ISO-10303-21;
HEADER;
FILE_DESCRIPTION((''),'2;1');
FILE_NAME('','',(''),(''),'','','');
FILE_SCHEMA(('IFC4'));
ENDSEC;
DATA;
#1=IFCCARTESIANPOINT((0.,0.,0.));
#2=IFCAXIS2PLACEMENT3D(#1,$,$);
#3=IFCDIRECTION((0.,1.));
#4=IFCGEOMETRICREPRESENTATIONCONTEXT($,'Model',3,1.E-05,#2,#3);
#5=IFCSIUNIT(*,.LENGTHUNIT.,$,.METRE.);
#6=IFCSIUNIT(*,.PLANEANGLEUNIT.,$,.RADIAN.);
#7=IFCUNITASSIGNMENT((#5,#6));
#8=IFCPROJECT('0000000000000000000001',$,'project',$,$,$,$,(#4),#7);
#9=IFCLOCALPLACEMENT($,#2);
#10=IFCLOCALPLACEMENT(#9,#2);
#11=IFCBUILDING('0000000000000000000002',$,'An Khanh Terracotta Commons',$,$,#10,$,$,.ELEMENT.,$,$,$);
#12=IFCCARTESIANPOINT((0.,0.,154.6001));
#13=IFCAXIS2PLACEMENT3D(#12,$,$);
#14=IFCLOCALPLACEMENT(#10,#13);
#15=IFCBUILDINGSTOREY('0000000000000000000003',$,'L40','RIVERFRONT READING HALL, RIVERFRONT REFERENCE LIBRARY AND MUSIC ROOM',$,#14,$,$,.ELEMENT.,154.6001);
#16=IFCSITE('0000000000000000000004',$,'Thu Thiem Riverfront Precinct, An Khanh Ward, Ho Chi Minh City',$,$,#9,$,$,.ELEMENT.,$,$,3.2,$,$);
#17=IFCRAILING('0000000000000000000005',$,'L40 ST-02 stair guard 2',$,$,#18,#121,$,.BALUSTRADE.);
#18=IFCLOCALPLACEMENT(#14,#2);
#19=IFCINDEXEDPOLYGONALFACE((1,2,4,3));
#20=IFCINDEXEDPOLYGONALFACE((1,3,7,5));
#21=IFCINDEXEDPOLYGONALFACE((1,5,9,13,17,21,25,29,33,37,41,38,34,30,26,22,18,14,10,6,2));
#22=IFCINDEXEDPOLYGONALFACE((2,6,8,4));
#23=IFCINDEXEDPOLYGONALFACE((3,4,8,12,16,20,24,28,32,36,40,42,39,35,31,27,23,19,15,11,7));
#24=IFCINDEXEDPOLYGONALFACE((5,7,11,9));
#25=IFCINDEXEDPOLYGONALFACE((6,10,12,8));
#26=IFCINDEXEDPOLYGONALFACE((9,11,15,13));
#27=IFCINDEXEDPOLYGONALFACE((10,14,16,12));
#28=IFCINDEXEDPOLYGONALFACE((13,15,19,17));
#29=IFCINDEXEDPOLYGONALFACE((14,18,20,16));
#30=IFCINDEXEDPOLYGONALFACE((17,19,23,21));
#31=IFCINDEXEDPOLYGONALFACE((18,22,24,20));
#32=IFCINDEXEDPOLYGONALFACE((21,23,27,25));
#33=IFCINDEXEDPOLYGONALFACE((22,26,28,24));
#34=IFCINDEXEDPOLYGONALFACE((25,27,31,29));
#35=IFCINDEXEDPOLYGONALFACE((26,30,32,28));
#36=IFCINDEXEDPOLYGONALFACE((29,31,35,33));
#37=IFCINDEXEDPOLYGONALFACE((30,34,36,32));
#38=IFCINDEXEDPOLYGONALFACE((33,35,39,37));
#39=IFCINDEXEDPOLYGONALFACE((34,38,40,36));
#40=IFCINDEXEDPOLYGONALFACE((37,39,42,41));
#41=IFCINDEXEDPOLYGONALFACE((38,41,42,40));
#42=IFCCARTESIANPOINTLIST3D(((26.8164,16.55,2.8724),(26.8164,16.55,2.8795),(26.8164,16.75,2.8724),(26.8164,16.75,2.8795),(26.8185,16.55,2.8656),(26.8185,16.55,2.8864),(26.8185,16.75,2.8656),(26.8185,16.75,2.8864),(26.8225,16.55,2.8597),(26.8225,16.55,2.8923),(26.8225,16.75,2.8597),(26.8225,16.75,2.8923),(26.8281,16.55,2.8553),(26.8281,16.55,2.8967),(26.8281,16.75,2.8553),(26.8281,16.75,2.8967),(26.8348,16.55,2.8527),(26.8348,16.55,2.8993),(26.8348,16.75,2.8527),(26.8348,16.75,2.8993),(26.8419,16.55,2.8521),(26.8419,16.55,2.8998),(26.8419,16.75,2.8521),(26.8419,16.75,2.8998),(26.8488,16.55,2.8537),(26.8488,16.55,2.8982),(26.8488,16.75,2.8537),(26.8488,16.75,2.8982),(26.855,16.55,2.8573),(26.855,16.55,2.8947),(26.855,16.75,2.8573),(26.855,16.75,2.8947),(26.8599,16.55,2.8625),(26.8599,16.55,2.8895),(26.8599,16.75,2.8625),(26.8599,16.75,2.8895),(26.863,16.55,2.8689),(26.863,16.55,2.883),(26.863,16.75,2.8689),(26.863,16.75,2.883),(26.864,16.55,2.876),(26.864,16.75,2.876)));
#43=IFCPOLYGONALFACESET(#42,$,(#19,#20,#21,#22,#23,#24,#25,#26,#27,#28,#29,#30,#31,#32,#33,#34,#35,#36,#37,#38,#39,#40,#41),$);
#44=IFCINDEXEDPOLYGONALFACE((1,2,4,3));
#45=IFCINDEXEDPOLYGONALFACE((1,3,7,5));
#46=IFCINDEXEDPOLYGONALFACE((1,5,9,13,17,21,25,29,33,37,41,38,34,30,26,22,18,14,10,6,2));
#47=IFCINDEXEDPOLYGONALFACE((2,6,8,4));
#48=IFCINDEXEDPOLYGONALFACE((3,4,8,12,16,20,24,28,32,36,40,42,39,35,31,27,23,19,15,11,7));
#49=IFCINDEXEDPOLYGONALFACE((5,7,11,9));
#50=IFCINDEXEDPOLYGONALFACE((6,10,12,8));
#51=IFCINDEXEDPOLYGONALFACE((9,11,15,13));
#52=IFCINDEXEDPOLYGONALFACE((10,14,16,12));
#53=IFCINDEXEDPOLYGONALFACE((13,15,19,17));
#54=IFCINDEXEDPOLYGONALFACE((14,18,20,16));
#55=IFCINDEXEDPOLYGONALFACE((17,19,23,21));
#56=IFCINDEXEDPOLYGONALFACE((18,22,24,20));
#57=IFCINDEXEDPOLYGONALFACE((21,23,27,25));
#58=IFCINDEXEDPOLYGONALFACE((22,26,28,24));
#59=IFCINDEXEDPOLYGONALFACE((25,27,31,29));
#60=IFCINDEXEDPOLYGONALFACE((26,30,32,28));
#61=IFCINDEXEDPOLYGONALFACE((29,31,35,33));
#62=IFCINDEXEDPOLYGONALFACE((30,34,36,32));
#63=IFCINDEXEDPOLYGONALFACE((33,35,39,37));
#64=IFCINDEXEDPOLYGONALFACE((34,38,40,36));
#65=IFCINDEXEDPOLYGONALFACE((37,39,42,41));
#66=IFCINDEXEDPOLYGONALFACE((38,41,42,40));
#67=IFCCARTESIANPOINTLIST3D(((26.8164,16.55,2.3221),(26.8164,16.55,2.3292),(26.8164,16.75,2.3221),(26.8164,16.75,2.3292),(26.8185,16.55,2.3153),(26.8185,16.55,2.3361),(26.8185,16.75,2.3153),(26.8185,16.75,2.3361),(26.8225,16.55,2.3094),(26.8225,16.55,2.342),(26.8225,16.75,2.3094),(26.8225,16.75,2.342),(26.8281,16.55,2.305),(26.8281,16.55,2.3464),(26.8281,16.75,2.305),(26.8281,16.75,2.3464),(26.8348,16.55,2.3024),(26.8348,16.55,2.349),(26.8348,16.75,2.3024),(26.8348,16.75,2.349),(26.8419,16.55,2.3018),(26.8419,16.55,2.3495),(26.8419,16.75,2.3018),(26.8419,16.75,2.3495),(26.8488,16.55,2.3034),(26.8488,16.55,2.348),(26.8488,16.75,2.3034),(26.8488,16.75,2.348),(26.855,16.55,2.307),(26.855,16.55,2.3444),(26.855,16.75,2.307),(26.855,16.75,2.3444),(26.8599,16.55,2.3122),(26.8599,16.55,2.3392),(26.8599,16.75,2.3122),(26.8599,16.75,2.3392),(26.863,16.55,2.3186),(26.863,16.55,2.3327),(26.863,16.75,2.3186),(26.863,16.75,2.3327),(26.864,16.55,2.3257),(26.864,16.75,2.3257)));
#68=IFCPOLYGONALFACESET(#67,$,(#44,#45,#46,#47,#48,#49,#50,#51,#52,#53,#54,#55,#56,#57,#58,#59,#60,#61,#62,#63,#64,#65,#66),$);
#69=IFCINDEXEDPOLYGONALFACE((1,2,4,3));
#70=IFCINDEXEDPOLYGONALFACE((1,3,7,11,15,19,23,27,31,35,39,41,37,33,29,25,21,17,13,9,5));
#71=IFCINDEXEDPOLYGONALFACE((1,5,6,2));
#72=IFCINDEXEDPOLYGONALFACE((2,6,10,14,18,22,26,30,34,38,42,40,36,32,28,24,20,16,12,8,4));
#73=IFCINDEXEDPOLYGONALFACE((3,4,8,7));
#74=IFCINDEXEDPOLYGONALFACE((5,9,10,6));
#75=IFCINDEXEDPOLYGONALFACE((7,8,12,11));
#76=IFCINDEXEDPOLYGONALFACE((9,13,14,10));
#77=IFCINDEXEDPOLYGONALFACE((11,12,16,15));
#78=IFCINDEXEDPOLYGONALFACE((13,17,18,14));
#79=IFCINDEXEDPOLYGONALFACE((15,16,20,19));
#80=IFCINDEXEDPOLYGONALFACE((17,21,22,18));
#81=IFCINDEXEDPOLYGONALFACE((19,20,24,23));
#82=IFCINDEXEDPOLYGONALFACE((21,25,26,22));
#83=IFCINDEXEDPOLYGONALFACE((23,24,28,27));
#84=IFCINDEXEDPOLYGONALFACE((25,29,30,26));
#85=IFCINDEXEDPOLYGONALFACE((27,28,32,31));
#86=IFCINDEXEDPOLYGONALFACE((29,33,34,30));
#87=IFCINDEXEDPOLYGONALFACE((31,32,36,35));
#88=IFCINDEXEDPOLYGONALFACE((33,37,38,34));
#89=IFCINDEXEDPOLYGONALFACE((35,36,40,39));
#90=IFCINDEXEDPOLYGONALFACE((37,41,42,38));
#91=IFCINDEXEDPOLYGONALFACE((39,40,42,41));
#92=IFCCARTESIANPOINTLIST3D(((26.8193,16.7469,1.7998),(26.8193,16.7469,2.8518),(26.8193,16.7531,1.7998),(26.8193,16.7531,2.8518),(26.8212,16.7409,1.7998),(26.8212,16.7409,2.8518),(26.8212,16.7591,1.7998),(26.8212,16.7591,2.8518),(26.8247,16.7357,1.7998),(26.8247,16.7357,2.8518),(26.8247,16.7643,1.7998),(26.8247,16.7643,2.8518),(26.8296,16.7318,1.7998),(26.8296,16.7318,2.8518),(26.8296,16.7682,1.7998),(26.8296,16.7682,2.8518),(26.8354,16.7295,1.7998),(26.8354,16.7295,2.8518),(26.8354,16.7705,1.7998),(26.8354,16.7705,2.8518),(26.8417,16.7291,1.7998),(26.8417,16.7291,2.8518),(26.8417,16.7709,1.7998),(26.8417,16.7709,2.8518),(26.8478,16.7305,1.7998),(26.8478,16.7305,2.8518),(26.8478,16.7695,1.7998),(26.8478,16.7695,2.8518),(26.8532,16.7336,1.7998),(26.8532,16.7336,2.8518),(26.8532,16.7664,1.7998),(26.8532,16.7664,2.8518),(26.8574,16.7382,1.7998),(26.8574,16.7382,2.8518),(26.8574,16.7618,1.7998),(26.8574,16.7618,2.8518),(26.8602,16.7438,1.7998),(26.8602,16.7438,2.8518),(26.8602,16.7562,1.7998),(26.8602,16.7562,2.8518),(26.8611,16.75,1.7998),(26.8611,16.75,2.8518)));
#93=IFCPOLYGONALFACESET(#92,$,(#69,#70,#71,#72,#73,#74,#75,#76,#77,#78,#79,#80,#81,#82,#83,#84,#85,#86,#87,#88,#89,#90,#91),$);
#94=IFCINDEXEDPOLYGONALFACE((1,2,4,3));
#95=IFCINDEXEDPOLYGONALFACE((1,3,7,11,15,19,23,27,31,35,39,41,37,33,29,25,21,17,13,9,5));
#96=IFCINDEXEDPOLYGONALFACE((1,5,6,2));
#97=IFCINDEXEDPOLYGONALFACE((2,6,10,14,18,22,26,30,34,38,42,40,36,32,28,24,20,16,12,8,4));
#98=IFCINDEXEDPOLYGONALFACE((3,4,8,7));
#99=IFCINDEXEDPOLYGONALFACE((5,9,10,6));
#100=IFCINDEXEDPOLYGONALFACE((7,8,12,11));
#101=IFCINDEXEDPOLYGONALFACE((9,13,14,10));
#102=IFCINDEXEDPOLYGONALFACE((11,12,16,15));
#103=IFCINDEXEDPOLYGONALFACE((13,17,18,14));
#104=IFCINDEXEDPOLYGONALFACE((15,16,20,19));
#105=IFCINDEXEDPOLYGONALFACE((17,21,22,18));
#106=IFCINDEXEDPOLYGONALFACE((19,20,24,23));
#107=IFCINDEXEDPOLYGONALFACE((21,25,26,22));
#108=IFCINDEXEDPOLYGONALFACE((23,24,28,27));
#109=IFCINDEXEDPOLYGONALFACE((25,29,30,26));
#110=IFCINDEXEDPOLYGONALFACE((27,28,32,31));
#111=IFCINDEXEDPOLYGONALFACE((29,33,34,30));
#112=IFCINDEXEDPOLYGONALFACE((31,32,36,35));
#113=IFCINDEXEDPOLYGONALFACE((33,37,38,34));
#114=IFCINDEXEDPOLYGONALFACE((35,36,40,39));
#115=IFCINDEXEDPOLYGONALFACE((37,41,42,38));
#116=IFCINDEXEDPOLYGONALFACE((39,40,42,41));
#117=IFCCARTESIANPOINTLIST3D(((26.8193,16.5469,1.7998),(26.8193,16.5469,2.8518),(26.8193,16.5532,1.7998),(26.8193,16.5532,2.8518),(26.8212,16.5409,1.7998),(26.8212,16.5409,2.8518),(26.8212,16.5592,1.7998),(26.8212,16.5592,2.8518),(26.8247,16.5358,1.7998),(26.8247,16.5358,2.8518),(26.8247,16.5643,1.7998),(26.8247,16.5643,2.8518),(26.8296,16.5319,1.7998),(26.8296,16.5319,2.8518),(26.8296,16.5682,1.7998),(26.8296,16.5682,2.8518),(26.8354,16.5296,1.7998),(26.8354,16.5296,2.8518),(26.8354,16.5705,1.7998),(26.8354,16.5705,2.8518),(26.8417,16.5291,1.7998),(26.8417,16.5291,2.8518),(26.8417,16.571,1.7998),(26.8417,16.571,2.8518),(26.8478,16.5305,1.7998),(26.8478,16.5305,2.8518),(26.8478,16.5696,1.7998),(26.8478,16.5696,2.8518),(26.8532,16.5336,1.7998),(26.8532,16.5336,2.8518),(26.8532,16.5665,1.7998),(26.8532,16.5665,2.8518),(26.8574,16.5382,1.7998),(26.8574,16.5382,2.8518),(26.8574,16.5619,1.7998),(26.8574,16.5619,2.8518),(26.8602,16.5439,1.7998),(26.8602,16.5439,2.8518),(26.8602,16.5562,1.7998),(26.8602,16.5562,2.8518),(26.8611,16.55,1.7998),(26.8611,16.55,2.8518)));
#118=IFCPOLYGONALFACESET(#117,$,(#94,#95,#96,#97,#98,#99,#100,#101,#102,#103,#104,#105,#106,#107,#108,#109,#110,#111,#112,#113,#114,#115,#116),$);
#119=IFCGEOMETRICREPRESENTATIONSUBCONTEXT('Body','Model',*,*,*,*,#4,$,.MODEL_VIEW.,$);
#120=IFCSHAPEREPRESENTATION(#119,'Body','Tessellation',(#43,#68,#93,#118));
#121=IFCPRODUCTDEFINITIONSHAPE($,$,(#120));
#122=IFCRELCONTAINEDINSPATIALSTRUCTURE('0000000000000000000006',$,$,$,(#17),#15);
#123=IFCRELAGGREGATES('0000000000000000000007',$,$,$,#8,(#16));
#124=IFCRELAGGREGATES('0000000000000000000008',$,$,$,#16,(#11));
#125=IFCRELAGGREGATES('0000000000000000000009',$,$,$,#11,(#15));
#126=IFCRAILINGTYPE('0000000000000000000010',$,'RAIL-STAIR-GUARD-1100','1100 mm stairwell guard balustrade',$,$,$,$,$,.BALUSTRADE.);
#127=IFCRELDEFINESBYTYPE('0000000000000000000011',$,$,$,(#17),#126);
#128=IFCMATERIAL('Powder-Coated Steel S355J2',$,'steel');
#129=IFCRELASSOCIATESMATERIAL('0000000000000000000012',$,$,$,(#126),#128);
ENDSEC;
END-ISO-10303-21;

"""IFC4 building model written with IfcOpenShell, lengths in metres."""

from ifc_helpers import new_model, si_unit, direction, frame, origin, origin_2d, place, context, subcontext, project, spatial, circle, extrude, material, type_object, element, save


model = new_model("IFC4")

# Units and contexts
model_context = context("Model", 3, precision=1e-05, world=origin(), true_north=direction((0.0, 1.0)))
body_context = subcontext(model_context, "Body", "Model", "MODEL_VIEW")
ifc_project = project(units=[si_unit("LENGTHUNIT", "METRE"), si_unit("PLANEANGLEUNIT", "RADIAN")], contexts=[model_context])

# Site, building, storey
site_placement = place(None, origin())
site = spatial("IfcSite", under=ifc_project, at=site_placement, Name="Thu Thiem Riverfront Precinct, An Khanh Ward, Ho Chi Minh City", CompositionType="ELEMENT", RefElevation=3.2)
building_placement = place(site_placement, origin())
building = spatial("IfcBuilding", under=site, at=building_placement, Name="An Khanh Terracotta Commons", CompositionType="ELEMENT")
storey_placement = place(building_placement, frame((0.0, 0.0, 154.6001)))
storey = spatial("IfcBuildingStorey", under=building, at=storey_placement, Name="L40", Description="RIVERFRONT READING HALL, RIVERFRONT REFERENCE LIBRARY AND MUSIC ROOM", CompositionType="ELEMENT", Elevation=154.6001)

# Railing
ifc_material_1 = material(Name="Powder-Coated Steel S355J2", Category="steel")
railing_type_1 = type_object("IfcRailingType", Name="RAIL-STAIR-GUARD-1100", Description="1100 mm stairwell guard balustrade", PredefinedType="BALUSTRADE", material=ifc_material_1)
railing_1_placement = place(storey_placement, frame((26.8401, 16.75, 1.7998)))
element("IfcRailing", 1, at=railing_1_placement, inside=storey, type_object=railing_type_1, Name="L40 ST-02 stair guard 2", PredefinedType="BALUSTRADE", context=body_context, shape_type="SweptSolid", body=[
    extrude(circle(Radius=0.0239, at=origin_2d()), frame((0.0, 0.0, 1.0762), z_axis=(0.0, -1.0, 0.0), x_axis=(1.0, 0.0, 0.0)), (0.0, 0.0, 1.0), 0.2),
    extrude(circle(Radius=0.0239, at=origin_2d()), frame((0.0, 0.0, 0.5259), z_axis=(0.0, -1.0, 0.0), x_axis=(1.0, 0.0, 0.0)), (0.0, 0.0, 1.0), 0.2),
    extrude(circle(Radius=0.021, at=origin_2d()), origin(), (0.0, 0.0, 1.0), 1.052),
    extrude(circle(Radius=0.021, at=origin_2d()), frame((0.0, -0.2, 0.0)), (0.0, 0.0, 1.0), 1.052),
])

save(model, "model.ifc")
